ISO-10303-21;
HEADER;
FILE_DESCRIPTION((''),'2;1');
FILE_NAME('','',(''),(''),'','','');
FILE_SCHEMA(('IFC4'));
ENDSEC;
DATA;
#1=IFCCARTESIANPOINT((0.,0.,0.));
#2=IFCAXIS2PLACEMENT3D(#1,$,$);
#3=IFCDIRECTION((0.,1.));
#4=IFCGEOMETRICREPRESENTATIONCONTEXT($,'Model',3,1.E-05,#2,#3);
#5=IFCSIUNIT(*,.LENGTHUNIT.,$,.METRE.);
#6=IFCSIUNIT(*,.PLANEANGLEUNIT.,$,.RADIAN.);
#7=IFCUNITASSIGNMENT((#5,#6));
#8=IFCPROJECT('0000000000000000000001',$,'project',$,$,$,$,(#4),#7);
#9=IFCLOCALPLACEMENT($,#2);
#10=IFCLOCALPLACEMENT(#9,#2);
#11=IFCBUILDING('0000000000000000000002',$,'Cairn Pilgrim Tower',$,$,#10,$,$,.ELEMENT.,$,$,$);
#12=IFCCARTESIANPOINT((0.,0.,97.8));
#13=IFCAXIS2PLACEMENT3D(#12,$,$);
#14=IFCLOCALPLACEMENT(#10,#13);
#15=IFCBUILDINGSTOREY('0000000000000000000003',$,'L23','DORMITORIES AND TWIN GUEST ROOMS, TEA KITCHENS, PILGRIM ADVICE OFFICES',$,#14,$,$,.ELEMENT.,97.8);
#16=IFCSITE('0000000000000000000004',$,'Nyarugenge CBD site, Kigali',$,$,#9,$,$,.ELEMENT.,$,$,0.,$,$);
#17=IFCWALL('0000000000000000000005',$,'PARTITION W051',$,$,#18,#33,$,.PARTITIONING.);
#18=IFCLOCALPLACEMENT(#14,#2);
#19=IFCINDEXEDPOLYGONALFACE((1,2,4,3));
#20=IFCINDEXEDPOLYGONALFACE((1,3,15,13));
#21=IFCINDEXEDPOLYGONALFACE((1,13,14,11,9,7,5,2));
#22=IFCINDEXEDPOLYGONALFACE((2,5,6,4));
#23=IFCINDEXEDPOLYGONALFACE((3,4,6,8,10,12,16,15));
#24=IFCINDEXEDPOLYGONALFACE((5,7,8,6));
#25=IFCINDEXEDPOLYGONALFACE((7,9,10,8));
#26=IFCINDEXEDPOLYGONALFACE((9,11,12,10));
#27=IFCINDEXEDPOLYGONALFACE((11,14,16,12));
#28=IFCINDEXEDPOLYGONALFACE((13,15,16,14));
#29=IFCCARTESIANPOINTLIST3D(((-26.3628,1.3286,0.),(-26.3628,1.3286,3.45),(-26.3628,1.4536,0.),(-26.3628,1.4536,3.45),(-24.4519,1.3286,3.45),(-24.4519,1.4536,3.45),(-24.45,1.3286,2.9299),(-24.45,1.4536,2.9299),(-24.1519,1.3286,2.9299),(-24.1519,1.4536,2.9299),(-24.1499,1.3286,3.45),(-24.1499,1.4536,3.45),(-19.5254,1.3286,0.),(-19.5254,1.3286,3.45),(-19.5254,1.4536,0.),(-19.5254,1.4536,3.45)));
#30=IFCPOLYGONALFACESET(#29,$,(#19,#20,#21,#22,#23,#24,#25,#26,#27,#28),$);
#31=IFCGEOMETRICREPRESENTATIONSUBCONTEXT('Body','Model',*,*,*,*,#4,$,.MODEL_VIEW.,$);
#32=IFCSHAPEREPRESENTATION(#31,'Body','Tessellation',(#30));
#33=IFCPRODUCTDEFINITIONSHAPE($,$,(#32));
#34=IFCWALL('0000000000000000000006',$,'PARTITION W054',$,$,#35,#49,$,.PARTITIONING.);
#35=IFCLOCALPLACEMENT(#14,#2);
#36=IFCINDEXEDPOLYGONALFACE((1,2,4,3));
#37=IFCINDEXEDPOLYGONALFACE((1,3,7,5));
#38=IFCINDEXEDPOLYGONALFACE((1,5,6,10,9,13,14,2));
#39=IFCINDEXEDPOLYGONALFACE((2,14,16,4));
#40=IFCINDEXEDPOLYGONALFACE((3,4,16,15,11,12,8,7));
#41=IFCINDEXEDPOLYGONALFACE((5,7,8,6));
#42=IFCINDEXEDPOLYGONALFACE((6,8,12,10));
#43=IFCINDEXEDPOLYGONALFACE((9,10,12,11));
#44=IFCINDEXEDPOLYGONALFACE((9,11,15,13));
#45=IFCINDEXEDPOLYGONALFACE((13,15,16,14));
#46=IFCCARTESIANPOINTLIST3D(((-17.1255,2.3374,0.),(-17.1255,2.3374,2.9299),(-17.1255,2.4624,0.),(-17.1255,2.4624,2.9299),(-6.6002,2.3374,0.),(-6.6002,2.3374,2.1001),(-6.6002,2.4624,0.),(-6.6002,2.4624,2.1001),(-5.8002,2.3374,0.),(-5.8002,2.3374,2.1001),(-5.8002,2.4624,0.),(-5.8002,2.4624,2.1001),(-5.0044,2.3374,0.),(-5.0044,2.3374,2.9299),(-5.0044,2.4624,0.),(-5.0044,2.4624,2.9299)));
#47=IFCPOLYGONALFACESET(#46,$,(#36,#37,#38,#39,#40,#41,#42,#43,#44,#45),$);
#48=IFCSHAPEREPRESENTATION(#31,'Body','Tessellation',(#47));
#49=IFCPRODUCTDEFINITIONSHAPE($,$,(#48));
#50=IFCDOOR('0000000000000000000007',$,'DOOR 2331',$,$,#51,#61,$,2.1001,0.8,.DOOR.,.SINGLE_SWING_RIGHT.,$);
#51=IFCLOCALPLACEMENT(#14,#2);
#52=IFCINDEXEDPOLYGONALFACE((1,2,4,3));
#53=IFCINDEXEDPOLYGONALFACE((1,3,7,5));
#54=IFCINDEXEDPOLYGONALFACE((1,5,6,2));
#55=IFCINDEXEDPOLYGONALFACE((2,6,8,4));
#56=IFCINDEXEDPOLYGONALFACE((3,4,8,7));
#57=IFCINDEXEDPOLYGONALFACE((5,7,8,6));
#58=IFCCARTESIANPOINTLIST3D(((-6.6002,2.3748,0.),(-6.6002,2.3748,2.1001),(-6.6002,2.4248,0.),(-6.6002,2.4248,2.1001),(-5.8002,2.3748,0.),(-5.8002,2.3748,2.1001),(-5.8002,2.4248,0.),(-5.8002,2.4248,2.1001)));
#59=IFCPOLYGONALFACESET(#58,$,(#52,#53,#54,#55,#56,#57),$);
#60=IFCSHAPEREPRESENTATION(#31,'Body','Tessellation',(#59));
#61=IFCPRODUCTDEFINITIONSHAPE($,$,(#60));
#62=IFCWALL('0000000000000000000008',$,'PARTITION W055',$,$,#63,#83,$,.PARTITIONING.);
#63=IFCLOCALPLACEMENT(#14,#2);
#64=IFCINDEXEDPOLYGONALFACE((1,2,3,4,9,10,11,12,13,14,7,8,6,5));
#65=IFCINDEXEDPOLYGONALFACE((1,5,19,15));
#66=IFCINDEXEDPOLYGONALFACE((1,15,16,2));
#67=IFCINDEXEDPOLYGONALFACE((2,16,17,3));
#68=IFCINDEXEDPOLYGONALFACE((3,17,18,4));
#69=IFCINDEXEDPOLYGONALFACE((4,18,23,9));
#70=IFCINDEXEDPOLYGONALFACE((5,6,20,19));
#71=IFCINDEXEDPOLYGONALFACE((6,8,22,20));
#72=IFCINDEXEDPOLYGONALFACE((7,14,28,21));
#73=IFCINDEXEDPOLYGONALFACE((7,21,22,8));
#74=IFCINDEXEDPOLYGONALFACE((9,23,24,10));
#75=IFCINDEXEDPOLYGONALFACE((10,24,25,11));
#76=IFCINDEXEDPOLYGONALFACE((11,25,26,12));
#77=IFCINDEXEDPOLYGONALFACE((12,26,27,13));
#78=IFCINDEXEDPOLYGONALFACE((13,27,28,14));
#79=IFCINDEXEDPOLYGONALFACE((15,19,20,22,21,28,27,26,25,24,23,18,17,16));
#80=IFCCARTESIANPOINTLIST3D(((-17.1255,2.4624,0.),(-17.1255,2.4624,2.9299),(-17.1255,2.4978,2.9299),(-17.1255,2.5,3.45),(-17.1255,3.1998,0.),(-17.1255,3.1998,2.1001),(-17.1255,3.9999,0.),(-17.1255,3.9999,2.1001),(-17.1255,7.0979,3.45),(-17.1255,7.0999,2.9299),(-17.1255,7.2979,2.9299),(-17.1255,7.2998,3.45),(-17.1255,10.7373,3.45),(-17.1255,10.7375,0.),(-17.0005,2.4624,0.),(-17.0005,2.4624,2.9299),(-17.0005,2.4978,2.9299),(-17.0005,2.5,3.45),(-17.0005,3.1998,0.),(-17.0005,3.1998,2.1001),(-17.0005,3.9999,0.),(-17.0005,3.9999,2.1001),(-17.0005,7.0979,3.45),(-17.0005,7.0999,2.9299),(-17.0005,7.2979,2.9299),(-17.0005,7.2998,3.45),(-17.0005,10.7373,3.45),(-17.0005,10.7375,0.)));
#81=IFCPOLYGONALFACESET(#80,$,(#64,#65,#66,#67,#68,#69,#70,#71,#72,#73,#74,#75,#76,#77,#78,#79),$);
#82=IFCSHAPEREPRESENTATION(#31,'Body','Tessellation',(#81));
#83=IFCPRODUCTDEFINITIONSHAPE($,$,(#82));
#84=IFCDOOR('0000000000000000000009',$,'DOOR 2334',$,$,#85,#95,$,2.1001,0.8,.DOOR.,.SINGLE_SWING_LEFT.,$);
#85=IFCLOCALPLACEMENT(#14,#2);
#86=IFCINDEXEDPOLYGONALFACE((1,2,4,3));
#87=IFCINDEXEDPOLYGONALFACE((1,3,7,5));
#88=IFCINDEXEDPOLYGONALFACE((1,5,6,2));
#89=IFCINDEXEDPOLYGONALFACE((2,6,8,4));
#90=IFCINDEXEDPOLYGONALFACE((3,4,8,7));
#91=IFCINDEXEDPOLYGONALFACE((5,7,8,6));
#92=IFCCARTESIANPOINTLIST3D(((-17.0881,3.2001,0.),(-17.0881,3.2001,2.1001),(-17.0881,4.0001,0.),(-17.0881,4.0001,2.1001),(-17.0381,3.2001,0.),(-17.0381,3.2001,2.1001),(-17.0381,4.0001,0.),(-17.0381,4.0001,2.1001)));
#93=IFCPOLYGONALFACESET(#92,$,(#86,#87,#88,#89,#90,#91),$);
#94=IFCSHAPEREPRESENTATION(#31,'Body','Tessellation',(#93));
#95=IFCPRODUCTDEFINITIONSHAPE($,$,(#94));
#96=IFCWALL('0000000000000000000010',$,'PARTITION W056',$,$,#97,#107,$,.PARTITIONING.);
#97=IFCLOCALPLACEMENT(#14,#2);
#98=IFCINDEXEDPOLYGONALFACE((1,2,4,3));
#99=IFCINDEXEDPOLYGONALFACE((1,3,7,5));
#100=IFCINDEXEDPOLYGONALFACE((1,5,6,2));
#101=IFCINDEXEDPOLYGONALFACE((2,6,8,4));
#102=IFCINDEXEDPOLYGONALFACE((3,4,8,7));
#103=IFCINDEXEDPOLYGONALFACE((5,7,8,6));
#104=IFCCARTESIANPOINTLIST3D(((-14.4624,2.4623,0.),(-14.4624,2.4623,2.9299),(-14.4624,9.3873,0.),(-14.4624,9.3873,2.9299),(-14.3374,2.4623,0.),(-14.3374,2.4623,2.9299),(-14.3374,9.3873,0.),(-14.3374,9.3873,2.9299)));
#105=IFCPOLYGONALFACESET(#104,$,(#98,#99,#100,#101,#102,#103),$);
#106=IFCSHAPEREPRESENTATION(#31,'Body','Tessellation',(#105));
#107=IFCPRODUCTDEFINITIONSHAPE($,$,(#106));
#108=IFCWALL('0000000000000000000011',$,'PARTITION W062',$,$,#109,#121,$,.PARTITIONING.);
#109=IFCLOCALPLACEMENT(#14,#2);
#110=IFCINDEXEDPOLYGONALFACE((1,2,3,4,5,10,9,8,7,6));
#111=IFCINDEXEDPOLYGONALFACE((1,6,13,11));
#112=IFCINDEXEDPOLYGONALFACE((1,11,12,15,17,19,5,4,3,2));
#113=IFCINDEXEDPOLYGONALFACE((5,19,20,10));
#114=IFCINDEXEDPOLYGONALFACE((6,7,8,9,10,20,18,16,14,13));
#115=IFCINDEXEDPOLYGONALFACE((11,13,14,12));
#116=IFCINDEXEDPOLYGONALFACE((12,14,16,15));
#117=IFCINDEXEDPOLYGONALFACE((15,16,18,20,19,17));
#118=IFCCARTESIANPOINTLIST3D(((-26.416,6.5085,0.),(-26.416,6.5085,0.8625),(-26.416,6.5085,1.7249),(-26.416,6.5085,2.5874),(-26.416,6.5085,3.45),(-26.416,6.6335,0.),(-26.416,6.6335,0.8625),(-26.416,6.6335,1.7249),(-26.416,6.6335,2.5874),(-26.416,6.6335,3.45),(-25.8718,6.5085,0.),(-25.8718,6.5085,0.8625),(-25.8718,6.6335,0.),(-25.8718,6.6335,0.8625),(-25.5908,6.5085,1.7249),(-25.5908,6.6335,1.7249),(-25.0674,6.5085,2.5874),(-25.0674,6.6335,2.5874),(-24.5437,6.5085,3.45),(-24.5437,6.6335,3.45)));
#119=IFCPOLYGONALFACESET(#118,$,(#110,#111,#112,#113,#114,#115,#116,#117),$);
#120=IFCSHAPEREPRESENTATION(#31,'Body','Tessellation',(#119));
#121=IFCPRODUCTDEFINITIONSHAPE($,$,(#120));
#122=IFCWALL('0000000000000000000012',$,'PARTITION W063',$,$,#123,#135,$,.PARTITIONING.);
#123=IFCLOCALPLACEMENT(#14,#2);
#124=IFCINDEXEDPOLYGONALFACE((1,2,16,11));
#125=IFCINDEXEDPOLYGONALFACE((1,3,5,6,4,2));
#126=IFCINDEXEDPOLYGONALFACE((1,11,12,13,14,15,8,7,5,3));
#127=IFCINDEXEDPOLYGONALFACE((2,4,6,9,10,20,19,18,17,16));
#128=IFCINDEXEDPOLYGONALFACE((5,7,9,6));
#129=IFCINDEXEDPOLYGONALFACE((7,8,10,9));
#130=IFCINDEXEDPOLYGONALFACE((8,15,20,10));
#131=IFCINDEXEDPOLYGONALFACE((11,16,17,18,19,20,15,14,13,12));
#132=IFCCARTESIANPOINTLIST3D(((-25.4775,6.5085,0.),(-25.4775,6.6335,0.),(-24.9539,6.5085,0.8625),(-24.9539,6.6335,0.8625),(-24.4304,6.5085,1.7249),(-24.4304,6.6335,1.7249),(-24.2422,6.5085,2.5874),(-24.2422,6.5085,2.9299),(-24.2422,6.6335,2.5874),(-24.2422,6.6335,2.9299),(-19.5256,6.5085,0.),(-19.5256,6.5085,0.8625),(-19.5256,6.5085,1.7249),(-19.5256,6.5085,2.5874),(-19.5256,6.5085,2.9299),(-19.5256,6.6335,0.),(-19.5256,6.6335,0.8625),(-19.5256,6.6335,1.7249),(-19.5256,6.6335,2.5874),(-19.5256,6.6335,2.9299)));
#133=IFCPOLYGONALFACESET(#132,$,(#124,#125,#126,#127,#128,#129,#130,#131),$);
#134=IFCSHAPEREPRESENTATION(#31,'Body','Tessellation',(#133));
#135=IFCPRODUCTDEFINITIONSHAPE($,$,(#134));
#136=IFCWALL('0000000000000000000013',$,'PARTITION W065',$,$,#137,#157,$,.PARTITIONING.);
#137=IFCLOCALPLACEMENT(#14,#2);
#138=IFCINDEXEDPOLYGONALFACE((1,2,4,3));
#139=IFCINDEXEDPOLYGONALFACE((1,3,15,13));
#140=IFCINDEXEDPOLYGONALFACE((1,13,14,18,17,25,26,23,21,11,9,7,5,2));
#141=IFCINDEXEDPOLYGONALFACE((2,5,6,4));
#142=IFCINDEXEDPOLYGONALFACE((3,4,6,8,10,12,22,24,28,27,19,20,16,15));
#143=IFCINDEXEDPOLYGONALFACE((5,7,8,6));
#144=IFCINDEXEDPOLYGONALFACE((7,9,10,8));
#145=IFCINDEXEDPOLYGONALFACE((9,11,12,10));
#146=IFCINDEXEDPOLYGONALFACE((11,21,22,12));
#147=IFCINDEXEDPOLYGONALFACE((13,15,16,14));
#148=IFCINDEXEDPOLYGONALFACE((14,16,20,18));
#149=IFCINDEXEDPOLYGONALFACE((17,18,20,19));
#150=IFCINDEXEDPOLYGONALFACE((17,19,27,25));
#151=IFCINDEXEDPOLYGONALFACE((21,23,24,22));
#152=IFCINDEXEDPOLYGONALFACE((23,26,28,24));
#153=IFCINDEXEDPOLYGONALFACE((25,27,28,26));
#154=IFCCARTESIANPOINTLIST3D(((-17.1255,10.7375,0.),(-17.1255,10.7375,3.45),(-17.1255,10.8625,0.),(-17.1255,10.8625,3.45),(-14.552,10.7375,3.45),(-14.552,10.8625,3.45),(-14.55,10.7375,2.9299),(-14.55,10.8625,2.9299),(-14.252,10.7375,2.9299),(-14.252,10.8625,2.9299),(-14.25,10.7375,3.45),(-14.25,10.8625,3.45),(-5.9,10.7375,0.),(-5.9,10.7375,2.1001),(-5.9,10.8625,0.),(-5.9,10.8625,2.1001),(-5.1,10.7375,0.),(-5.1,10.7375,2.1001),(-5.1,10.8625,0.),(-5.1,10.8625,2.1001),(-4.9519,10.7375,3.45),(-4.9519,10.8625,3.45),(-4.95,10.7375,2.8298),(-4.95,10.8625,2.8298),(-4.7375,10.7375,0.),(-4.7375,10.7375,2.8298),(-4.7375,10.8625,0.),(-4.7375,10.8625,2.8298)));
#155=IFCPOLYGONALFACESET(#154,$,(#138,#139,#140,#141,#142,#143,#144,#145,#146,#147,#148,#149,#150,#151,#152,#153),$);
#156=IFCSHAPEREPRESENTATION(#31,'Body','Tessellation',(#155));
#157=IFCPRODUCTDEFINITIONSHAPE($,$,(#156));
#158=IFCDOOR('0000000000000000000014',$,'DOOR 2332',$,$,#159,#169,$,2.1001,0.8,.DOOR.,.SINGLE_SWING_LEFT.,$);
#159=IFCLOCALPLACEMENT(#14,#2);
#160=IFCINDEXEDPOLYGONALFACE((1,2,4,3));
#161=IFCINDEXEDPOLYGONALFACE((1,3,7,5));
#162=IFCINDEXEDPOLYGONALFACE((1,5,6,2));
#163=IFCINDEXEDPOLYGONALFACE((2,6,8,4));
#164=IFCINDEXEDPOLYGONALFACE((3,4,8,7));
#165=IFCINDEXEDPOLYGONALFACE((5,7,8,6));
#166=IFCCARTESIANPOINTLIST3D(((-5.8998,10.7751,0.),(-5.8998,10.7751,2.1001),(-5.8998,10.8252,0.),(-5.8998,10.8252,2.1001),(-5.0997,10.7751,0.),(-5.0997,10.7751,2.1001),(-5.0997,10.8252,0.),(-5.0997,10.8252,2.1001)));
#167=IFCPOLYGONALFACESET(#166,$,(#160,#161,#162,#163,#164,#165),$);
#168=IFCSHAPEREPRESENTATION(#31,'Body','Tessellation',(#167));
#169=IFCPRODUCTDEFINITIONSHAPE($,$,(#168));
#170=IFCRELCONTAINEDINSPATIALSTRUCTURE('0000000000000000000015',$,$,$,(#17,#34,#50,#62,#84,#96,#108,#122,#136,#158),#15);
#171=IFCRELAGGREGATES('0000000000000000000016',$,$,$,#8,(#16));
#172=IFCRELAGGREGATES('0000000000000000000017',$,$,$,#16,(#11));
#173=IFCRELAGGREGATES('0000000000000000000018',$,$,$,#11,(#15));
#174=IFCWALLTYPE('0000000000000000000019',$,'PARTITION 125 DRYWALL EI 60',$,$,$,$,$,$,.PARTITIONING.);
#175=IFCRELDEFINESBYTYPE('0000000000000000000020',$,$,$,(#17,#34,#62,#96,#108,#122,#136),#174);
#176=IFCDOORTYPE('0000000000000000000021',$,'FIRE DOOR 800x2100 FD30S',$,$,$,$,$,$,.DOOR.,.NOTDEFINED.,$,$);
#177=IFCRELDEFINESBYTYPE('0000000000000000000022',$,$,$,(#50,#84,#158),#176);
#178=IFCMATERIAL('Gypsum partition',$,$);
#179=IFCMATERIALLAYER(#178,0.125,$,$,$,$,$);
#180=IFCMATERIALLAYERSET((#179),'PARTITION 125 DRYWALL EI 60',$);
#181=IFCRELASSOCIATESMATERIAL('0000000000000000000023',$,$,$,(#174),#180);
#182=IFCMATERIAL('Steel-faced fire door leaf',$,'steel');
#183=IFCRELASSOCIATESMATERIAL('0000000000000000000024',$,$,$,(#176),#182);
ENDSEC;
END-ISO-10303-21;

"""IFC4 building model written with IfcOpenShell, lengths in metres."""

from ifc_helpers import new_model, si_unit, direction, frame, frame_2d, origin, place, context, subcontext, project, spatial, polyline, rectangle, outline, extrude, material, layer, layer_set, type_object, element, fill, save


model = new_model("IFC4")

# Units and contexts
model_context = context("Model", 3, precision=1e-05, world=origin(), true_north=direction((0.0, 1.0)))
body_context = subcontext(model_context, "Body", "Model", "MODEL_VIEW")
ifc_project = project(units=[si_unit("LENGTHUNIT", "METRE"), si_unit("PLANEANGLEUNIT", "RADIAN")], contexts=[model_context])

# Site, building, storey
site_placement = place(None, origin())
site = spatial("IfcSite", under=ifc_project, at=site_placement, Name="Nyarugenge CBD site, Kigali", CompositionType="ELEMENT", RefElevation=0.0)
building_placement = place(site_placement, origin())
building = spatial("IfcBuilding", under=site, at=building_placement, Name="Cairn Pilgrim Tower", CompositionType="ELEMENT")
storey_placement = place(building_placement, frame((0.0, 0.0, 97.8)))
storey = spatial("IfcBuildingStorey", under=building, at=storey_placement, Name="L23", Description="DORMITORIES AND TWIN GUEST ROOMS, TEA KITCHENS, PILGRIM ADVICE OFFICES", CompositionType="ELEMENT", Elevation=97.8)

# Wall
ifc_material_1 = material(Name="Gypsum partition")
ifc_layer_1 = layer(ifc_material_1, 0.125)
ifc_layer_set_1 = layer_set([ifc_layer_1], Name="PARTITION 125 DRYWALL EI 60")
wall_type_1 = type_object("IfcWallType", Name="PARTITION 125 DRYWALL EI 60", PredefinedType="PARTITIONING", material=ifc_layer_set_1)
wall_1_placement = place(storey_placement, frame((-26.3628, 1.3911, 0.0), z_axis=(0.0, 0.0, 1.0), x_axis=(1.0, 0.0, 0.0)))
element("IfcWall", 1, at=wall_1_placement, inside=storey, type_object=wall_type_1, Name="PARTITION W051", PredefinedType="PARTITIONING", context=body_context, shape_type="SweptSolid", body=[
    extrude(outline(polyline([(0.0, 0.0), (6.8374, 0.0), (6.8374, 3.45), (2.2129, 3.45), (2.2109, 2.9299), (1.9128, 2.9299), (1.9109, 3.45), (0.0, 3.45), (0.0, 0.0)])), frame((0.0, 0.0625, 0.0), z_axis=(0.0, -1.0, 0.0), x_axis=(1.0, 0.0, 0.0)), (0.0, 0.0, 1.0), 0.125),
])

# Walls, openings, doors
wall_2_placement = place(storey_placement, frame((-17.1255, 2.3999, 0.0), z_axis=(0.0, 0.0, 1.0), x_axis=(1.0, 0.0, 0.0)))
wall_2 = element("IfcWall", 2, at=wall_2_placement, inside=storey, type_object=wall_type_1, Name="PARTITION W054", PredefinedType="PARTITIONING", context=body_context, shape_type="SweptSolid", body=[
    extrude(rectangle(XDim=12.1211, YDim=0.125, at=frame_2d((6.0605, 0.0))), origin(), (0.0, 0.0, 1.0), 2.9299),
])
opening_1_placement = place(wall_2_placement, frame((10.5254, 0.0, 0.0)))
opening_1 = element("IfcOpeningElement", 3, at=opening_1_placement, cuts=wall_2, PredefinedType="OPENING", context=body_context, shape_type="SweptSolid", body=[
    extrude(rectangle(XDim=0.8, YDim=2.1001, at=frame_2d((0.3999, 1.05))), frame((0.0, 0.0725, 0.0), z_axis=(0.0, -1.0, 0.0), x_axis=(1.0, 0.0, 0.0)), (0.0, 0.0, 1.0), 0.145),
])
ifc_material_2 = material(Name="Steel-faced fire door leaf", Category="steel")
door_type_1 = type_object("IfcDoorType", Name="FIRE DOOR 800x2100 FD30S", OperationType="NOTDEFINED", PredefinedType="DOOR", material=ifc_material_2)
door_1_placement = place(opening_1_placement, origin())
door_1 = element("IfcDoor", 4, at=door_1_placement, inside=storey, type_object=door_type_1, Name="DOOR 2331", OperationType="SINGLE_SWING_RIGHT", OverallHeight=2.1001, OverallWidth=0.8, PredefinedType="DOOR", context=body_context, shape_type="SweptSolid", body=[
    extrude(rectangle(XDim=0.8, YDim=2.1001, at=frame_2d((0.3999, 1.05))), frame((0.0, 0.0249, 0.0), z_axis=(0.0, -1.0, 0.0), x_axis=(1.0, 0.0, 0.0)), (0.0, 0.0, 1.0), 0.05),
])
fill(opening_1, door_1)
wall_3_placement = place(storey_placement, frame((-17.063, 2.4624, 0.0), z_axis=(0.0, 0.0, 1.0), x_axis=(0.0, 1.0, 0.0)))
wall_3 = element("IfcWall", 5, at=wall_3_placement, inside=storey, type_object=wall_type_1, Name="PARTITION W055", PredefinedType="PARTITIONING", context=body_context, shape_type="SweptSolid", body=[
    extrude(outline(polyline([(0.0, 0.0), (8.2751, 0.0), (8.2749, 3.45), (4.8374, 3.45), (4.8354, 2.9299), (4.6375, 2.9299), (4.6355, 3.45), (0.0376, 3.45), (0.0354, 2.9299), (0.0, 2.9299), (0.0, 0.0)])), frame((0.0, 0.0625, 0.0), z_axis=(0.0, -1.0, 0.0), x_axis=(1.0, 0.0, 0.0)), (0.0, 0.0, 1.0), 0.125),
])
opening_2_placement = place(wall_3_placement, frame((0.7375, 0.0, 0.0)))
opening_2 = element("IfcOpeningElement", 6, at=opening_2_placement, cuts=wall_3, PredefinedType="OPENING", context=body_context, shape_type="SweptSolid", body=[
    extrude(rectangle(XDim=0.8, YDim=2.1001, at=frame_2d((0.3999, 1.05))), frame((0.0, 0.0725, 0.0), z_axis=(0.0, -1.0, 0.0), x_axis=(1.0, 0.0, 0.0)), (0.0, 0.0, 1.0), 0.145),
])
door_2_placement = place(opening_2_placement, frame((0.8, 0.0, 0.0), z_axis=(0.0, 0.0, 1.0), x_axis=(-1.0, 0.0, 0.0)))
door_2 = element("IfcDoor", 7, at=door_2_placement, inside=storey, type_object=door_type_1, Name="DOOR 2334", OperationType="SINGLE_SWING_LEFT", OverallHeight=2.1001, OverallWidth=0.8, PredefinedType="DOOR", context=body_context, shape_type="SweptSolid", body=[
    extrude(rectangle(XDim=0.8, YDim=2.1001, at=frame_2d((0.3999, 1.05))), frame((0.0, 0.0249, 0.0), z_axis=(0.0, -1.0, 0.0), x_axis=(1.0, 0.0, 0.0)), (0.0, 0.0, 1.0), 0.05),
])
fill(opening_2, door_2)

# Walls
wall_4_placement = place(storey_placement, frame((-14.3999, 2.4624, 0.0), z_axis=(0.0, 0.0, 1.0), x_axis=(0.0, 1.0, 0.0)))
element("IfcWall", 8, at=wall_4_placement, inside=storey, type_object=wall_type_1, Name="PARTITION W056", PredefinedType="PARTITIONING", context=body_context, shape_type="SweptSolid", body=[
    extrude(rectangle(XDim=6.925, YDim=0.125, at=frame_2d((3.4624, 0.0))), origin(), (0.0, 0.0, 1.0), 2.9299),
])
wall_5_placement = place(storey_placement, frame((-26.416, 6.571, 0.0), z_axis=(0.0, 0.0, 1.0), x_axis=(1.0, 0.0, 0.0)))
element("IfcWall", 9, at=wall_5_placement, inside=storey, type_object=wall_type_1, Name="PARTITION W062", PredefinedType="PARTITIONING", context=body_context, shape_type="SweptSolid", body=[
    extrude(outline(polyline([(0.0, 0.0), (0.5442, 0.0), (0.5442, 0.8625), (0.8252, 1.7249), (1.3486, 2.5874), (1.8723, 3.45), (0.0, 3.45), (0.0, 2.5874), (0.0, 1.7249), (0.0, 0.8625), (0.0, 0.0)])), frame((0.0, 0.0625, 0.0), z_axis=(0.0, -1.0, 0.0), x_axis=(1.0, 0.0, 0.0)), (0.0, 0.0, 1.0), 0.125),
])
wall_6_placement = place(storey_placement, frame((-25.4775, 6.571, 0.0), z_axis=(0.0, 0.0, 1.0), x_axis=(1.0, 0.0, 0.0)))
element("IfcWall", 10, at=wall_6_placement, inside=storey, type_object=wall_type_1, Name="PARTITION W063", PredefinedType="PARTITIONING", context=body_context, shape_type="SweptSolid", body=[
    extrude(outline(polyline([(0.0, 0.0), (5.9519, 0.0), (5.9519, 0.8625), (5.9519, 1.7249), (5.9519, 2.5874), (5.9519, 2.9299), (1.2354, 2.9299), (1.2354, 2.5874), (1.0471, 1.7249), (0.5237, 0.8625), (0.0, 0.0)])), frame((0.0, 0.0625, 0.0), z_axis=(0.0, -1.0, 0.0), x_axis=(1.0, 0.0, 0.0)), (0.0, 0.0, 1.0), 0.125),
])

# Wall, opening, door
wall_7_placement = place(storey_placement, frame((-17.1255, 10.8, 0.0), z_axis=(0.0, 0.0, 1.0), x_axis=(1.0, 0.0, 0.0)))
wall_7 = element("IfcWall", 11, at=wall_7_placement, inside=storey, type_object=wall_type_1, Name="PARTITION W065", PredefinedType="PARTITIONING", context=body_context, shape_type="SweptSolid", body=[
    extrude(outline(polyline([(0.0, 0.0), (12.3879, 0.0), (12.3879, 2.8298), (12.1755, 2.8298), (12.1736, 3.45), (2.8755, 3.45), (2.8735, 2.9299), (2.5754, 2.9299), (2.5735, 3.45), (0.0, 3.45), (0.0, 0.0)])), frame((0.0, 0.0625, 0.0), z_axis=(0.0, -1.0, 0.0), x_axis=(1.0, 0.0, 0.0)), (0.0, 0.0, 1.0), 0.125),
])
opening_3_placement = place(wall_7_placement, frame((11.2256, 0.0, 0.0)))
opening_3 = element("IfcOpeningElement", 12, at=opening_3_placement, cuts=wall_7, PredefinedType="OPENING", context=body_context, shape_type="SweptSolid", body=[
    extrude(rectangle(XDim=0.8, YDim=2.1001, at=frame_2d((0.3999, 1.05))), frame((0.0, 0.0725, 0.0), z_axis=(0.0, -1.0, 0.0), x_axis=(1.0, 0.0, 0.0)), (0.0, 0.0, 1.0), 0.145),
])
door_3_placement = place(opening_3_placement, frame((0.8, 0.0, 0.0), z_axis=(0.0, 0.0, 1.0), x_axis=(-1.0, 0.0, 0.0)))
door_3 = element("IfcDoor", 13, at=door_3_placement, inside=storey, type_object=door_type_1, Name="DOOR 2332", OperationType="SINGLE_SWING_LEFT", OverallHeight=2.1001, OverallWidth=0.8, PredefinedType="DOOR", context=body_context, shape_type="SweptSolid", body=[
    extrude(rectangle(XDim=0.8, YDim=2.1001, at=frame_2d((0.3999, 1.05))), frame((0.0, 0.0249, 0.0), z_axis=(0.0, -1.0, 0.0), x_axis=(1.0, 0.0, 0.0)), (0.0, 0.0, 1.0), 0.05),
])
fill(opening_3, door_3)

save(model, "model.ifc")
